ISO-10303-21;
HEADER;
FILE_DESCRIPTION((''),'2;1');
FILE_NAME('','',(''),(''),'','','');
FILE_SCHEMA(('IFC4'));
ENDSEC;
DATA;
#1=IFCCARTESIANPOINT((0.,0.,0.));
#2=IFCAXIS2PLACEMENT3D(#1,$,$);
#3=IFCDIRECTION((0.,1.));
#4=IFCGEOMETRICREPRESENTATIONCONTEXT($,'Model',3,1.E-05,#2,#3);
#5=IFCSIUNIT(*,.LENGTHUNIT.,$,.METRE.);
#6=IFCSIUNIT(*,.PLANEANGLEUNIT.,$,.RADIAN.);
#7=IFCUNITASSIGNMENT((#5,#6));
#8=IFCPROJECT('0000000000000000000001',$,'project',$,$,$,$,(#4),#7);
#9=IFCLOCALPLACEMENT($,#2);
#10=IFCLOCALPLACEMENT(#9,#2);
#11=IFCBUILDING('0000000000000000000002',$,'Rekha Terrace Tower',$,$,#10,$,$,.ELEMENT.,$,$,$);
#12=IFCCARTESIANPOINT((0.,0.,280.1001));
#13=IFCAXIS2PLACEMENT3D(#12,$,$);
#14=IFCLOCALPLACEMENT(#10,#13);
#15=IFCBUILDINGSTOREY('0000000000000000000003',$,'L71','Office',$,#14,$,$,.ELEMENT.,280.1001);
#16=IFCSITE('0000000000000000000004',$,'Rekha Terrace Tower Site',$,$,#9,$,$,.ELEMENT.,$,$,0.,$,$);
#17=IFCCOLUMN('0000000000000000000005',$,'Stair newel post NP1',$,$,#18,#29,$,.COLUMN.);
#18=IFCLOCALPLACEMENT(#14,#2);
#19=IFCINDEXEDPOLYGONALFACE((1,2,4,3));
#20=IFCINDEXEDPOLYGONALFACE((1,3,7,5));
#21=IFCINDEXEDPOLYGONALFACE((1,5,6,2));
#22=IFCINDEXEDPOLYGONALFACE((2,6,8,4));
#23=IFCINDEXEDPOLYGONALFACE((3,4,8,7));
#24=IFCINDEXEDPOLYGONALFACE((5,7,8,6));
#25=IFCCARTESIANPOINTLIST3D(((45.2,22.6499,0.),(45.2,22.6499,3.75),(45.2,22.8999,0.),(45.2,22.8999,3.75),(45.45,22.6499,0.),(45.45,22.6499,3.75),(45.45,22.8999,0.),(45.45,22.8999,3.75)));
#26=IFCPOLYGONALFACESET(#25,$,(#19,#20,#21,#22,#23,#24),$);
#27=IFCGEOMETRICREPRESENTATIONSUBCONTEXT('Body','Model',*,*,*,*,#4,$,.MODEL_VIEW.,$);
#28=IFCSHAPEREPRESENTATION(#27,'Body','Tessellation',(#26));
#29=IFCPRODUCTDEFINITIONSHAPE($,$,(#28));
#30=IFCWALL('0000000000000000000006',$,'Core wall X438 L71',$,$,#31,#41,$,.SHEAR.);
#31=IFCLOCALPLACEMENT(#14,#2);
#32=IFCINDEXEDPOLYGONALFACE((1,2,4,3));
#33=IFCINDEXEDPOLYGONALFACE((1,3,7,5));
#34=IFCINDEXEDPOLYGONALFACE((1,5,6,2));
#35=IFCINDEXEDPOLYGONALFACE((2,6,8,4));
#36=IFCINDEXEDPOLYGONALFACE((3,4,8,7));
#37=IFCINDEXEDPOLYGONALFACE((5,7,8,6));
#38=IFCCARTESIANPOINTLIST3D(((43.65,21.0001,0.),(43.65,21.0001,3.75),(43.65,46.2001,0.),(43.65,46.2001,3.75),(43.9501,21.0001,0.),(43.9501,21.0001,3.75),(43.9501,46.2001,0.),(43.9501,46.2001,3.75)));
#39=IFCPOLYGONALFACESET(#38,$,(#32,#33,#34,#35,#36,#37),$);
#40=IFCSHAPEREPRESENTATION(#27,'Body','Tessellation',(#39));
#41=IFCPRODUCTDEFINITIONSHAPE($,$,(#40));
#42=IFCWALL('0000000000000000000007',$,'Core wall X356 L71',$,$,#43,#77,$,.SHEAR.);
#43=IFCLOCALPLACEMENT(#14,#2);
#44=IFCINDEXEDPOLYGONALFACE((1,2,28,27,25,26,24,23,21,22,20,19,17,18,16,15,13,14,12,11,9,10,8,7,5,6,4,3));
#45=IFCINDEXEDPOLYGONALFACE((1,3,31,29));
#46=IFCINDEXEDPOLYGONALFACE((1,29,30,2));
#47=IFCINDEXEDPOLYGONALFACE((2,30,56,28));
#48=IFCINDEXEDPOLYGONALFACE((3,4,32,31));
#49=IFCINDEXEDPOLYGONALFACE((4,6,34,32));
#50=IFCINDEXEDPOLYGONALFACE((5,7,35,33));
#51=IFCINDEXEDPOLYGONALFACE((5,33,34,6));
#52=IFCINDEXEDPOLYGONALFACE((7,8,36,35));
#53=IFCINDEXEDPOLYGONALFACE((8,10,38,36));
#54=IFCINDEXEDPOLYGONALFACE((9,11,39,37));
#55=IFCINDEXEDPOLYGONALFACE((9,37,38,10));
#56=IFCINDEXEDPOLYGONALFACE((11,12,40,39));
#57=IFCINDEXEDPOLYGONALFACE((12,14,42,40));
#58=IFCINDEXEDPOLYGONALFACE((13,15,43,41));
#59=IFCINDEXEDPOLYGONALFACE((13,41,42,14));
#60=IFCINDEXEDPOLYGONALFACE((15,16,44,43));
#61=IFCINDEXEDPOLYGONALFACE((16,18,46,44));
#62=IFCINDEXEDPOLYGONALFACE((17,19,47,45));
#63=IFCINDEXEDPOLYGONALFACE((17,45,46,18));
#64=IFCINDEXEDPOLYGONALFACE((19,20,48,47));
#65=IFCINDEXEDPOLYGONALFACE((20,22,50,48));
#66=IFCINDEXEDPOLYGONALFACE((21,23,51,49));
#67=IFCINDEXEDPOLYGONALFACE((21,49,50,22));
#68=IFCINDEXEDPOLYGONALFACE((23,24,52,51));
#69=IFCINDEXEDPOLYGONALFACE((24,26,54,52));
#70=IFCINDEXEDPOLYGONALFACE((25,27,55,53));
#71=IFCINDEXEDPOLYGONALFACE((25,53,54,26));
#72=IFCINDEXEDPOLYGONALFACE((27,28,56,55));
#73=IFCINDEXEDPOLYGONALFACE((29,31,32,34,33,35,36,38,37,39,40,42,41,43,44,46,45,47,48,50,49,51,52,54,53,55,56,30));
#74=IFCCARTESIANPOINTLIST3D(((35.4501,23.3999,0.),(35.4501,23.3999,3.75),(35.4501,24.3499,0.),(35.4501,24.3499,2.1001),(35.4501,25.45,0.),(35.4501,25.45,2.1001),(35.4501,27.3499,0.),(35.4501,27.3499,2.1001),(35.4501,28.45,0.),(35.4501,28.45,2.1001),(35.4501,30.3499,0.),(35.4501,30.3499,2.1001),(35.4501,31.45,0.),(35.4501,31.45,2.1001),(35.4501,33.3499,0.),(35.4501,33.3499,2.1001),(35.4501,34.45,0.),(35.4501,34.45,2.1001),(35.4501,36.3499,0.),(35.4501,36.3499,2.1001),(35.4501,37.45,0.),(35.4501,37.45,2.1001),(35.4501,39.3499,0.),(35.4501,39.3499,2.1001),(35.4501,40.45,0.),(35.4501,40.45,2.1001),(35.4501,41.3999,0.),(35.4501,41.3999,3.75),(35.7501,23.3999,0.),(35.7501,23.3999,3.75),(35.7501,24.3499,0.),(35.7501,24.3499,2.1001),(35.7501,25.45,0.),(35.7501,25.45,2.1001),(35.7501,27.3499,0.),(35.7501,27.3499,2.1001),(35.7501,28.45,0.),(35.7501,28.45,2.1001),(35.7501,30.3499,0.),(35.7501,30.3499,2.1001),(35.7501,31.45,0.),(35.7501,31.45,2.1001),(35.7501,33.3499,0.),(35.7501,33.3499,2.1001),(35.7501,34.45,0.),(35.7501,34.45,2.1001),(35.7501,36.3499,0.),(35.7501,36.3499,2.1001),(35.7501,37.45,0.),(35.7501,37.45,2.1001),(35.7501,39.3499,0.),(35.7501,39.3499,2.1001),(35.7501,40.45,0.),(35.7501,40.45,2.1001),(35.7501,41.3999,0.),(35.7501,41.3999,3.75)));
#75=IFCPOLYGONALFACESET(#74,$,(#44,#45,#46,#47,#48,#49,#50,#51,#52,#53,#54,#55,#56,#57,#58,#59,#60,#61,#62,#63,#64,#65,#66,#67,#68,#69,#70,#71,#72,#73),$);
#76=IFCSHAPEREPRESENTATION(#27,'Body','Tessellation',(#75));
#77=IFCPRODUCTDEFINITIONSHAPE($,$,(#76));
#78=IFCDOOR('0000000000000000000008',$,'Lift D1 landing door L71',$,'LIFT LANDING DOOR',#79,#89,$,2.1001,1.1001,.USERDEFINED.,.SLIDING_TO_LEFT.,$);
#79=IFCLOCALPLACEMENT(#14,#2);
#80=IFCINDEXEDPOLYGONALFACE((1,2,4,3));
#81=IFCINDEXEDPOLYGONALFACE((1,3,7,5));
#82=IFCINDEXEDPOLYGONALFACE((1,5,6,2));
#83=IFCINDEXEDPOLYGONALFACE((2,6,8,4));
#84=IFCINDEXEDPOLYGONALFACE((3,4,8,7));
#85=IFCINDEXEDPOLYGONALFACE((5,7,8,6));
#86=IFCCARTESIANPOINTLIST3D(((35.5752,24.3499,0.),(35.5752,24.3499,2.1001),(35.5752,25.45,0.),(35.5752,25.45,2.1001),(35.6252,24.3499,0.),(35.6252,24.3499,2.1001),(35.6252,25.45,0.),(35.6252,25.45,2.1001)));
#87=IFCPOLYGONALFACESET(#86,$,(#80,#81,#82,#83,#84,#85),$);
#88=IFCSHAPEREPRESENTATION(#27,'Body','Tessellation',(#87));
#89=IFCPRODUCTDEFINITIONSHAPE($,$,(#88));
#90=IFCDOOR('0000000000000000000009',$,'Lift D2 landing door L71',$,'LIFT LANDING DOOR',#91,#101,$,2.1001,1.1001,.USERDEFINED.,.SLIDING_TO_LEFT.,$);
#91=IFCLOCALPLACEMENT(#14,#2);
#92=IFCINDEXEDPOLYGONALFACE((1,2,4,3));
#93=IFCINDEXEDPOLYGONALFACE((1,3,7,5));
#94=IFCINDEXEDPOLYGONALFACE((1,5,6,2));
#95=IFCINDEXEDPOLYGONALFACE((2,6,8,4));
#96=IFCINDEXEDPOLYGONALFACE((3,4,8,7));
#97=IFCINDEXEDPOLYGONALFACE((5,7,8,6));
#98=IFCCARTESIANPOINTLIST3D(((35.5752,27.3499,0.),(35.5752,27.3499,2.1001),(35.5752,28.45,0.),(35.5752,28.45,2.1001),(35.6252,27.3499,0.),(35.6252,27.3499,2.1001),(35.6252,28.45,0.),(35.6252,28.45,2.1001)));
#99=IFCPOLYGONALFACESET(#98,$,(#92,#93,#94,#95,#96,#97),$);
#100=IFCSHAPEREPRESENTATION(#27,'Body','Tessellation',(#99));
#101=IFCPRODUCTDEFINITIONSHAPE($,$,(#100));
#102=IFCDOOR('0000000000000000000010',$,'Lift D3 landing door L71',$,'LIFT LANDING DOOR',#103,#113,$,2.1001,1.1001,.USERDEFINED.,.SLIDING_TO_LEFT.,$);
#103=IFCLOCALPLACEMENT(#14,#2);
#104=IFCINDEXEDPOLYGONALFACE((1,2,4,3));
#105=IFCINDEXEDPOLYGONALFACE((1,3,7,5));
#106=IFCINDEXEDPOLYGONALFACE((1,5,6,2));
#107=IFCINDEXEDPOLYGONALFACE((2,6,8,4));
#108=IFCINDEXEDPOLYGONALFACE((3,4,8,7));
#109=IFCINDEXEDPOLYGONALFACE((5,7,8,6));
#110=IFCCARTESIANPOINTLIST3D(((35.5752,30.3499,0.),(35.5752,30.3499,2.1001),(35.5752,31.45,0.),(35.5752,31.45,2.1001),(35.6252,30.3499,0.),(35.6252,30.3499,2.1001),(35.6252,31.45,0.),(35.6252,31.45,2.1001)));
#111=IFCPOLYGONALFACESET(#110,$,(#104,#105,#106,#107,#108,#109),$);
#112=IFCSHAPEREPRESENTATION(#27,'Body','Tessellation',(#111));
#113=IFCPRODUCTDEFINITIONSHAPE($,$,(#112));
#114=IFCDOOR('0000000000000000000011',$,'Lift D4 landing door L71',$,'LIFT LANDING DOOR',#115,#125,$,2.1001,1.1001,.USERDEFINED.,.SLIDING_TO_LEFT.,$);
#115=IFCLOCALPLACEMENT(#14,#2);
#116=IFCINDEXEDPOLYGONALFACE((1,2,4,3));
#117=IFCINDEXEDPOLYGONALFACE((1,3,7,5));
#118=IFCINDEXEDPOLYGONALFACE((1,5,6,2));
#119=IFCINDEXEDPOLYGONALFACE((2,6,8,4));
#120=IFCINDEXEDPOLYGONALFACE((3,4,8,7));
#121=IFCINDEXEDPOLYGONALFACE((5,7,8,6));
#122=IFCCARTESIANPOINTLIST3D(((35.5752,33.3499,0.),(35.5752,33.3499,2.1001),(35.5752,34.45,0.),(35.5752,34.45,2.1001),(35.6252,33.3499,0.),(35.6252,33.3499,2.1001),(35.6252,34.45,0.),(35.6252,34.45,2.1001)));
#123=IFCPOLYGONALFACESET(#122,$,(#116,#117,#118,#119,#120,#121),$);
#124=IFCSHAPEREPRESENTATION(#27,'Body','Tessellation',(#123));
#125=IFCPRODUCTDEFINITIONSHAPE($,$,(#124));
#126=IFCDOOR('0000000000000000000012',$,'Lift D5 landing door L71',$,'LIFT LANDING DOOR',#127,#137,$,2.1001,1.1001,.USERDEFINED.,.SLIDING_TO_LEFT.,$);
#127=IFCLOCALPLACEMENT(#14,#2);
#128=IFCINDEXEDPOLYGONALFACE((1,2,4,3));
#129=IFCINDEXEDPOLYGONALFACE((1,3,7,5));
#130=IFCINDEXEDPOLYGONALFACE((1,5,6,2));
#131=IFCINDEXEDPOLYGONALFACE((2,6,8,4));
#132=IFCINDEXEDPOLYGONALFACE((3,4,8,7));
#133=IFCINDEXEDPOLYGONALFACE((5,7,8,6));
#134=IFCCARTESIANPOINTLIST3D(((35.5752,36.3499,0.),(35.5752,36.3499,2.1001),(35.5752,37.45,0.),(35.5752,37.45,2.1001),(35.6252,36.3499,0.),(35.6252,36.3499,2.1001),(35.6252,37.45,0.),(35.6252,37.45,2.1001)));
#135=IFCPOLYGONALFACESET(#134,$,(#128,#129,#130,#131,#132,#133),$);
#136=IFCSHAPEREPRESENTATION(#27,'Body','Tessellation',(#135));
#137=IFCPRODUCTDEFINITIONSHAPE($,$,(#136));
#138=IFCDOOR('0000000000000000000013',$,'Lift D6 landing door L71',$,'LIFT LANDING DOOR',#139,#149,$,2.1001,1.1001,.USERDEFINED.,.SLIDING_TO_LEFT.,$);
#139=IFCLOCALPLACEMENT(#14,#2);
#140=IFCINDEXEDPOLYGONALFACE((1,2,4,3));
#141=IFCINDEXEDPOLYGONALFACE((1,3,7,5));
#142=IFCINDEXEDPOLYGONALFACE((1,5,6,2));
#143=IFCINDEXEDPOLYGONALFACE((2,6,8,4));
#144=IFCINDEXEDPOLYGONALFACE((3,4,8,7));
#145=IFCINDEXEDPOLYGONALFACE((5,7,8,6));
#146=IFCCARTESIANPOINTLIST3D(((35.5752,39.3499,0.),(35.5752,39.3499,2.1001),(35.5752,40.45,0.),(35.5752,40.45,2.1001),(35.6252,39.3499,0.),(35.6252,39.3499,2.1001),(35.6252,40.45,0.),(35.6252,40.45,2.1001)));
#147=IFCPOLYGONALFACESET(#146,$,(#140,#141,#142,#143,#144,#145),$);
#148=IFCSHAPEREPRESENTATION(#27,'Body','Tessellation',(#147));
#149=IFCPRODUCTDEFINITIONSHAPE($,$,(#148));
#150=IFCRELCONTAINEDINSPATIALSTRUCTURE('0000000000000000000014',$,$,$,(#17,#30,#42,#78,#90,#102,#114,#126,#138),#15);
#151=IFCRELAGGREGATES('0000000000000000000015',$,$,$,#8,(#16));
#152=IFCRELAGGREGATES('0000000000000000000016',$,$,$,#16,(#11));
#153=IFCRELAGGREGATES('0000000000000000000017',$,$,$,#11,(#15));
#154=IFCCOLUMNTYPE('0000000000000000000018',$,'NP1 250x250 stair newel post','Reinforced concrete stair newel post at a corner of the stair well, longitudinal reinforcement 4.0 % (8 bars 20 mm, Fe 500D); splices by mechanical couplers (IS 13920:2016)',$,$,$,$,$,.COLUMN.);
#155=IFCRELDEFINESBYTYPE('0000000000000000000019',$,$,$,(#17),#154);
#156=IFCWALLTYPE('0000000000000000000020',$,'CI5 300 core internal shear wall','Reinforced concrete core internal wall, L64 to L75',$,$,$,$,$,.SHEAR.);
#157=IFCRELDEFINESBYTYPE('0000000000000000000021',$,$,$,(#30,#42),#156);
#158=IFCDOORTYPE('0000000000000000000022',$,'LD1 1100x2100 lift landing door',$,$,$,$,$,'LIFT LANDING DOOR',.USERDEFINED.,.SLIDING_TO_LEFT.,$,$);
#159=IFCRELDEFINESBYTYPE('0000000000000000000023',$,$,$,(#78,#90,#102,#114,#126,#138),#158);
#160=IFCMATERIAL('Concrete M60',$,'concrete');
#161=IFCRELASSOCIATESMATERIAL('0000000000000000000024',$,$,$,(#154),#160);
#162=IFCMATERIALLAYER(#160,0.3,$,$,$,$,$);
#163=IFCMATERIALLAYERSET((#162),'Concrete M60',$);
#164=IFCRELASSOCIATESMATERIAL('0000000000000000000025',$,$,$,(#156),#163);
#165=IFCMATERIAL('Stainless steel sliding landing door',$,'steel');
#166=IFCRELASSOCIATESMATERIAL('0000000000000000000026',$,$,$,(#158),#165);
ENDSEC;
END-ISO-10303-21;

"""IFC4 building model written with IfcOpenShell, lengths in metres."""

from ifc_helpers import new_model, si_unit, direction, frame, frame_2d, origin, origin_2d, place, context, subcontext, project, spatial, rectangle, extrude, material, layer, layer_set, material_profile, profile_set, type_object, element, fill, save


model = new_model("IFC4")

# Units and contexts
model_context = context("Model", 3, precision=1e-05, world=origin(), true_north=direction((0.0, 1.0)))
body_context = subcontext(model_context, "Body", "Model", "MODEL_VIEW")
ifc_project = project(units=[si_unit("LENGTHUNIT", "METRE"), si_unit("PLANEANGLEUNIT", "RADIAN")], contexts=[model_context])

# Site, building, storey
site_placement = place(None, origin())
site = spatial("IfcSite", under=ifc_project, at=site_placement, Name="Rekha Terrace Tower Site", CompositionType="ELEMENT", RefElevation=0.0)
building_placement = place(site_placement, origin())
building = spatial("IfcBuilding", under=site, at=building_placement, Name="Rekha Terrace Tower", CompositionType="ELEMENT")
storey_placement = place(building_placement, frame((0.0, 0.0, 280.1001)))
storey = spatial("IfcBuildingStorey", under=building, at=storey_placement, Name="L71", Description="Office", CompositionType="ELEMENT", Elevation=280.1001)

# Column
ifc_material_1 = material(Name="Concrete M60", Category="concrete")
ifc_material_profile = material_profile(ifc_material_1, rectangle(XDim=0.25, YDim=0.25, at=origin_2d()), Name="RC 250x250")
ifc_profile_set = profile_set([ifc_material_profile], Name="Concrete M60")
column_type = type_object("IfcColumnType", Name="NP1 250x250 stair newel post", Description="Reinforced concrete stair newel post at a corner of the stair well, longitudinal reinforcement 4.0 % (8 bars 20 mm, Fe 500D); splices by mechanical couplers (IS 13920:2016)", PredefinedType="COLUMN", material=ifc_profile_set)
column_placement = place(storey_placement, frame((45.325, 22.7749, 0.0), z_axis=(0.0, 0.0, 1.0), x_axis=(1.0, 0.0, 0.0)))
element("IfcColumn", 1, at=column_placement, inside=storey, type_object=column_type, Name="Stair newel post NP1", PredefinedType="COLUMN", context=body_context, shape_type="SweptSolid", body=[
    extrude(rectangle(XDim=0.25, YDim=0.25, at=origin_2d()), origin(), (0.0, 0.0, 1.0), 3.75),
])

# Wall
ifc_layer_1 = layer(ifc_material_1, 0.3)
ifc_layer_set_1 = layer_set([ifc_layer_1], Name="Concrete M60")
wall_type_1 = type_object("IfcWallType", Name="CI5 300 core internal shear wall", Description="Reinforced concrete core internal wall, L64 to L75", PredefinedType="SHEAR", material=ifc_layer_set_1)
wall_1_placement = place(storey_placement, frame((43.8, 21.0, 0.0), z_axis=(0.0, 0.0, 1.0), x_axis=(0.0, 1.0, 0.0)))
element("IfcWall", 2, at=wall_1_placement, inside=storey, type_object=wall_type_1, Name="Core wall X438 L71", PredefinedType="SHEAR", context=body_context, shape_type="SweptSolid", body=[
    extrude(rectangle(XDim=25.2, YDim=0.3, at=frame_2d((12.6001, 0.0))), origin(), (0.0, 0.0, 1.0), 3.75),
])

# Wall, openings, doors
wall_2_placement = place(storey_placement, frame((35.6001, 23.3999, 0.0), z_axis=(0.0, 0.0, 1.0), x_axis=(0.0, 1.0, 0.0)))
wall_2 = element("IfcWall", 3, at=wall_2_placement, inside=storey, type_object=wall_type_1, Name="Core wall X356 L71", PredefinedType="SHEAR", context=body_context, shape_type="SweptSolid", body=[
    extrude(rectangle(XDim=18.0, YDim=0.3, at=frame_2d((9.0, 0.0))), origin(), (0.0, 0.0, 1.0), 3.75),
])
opening_1_placement = place(wall_2_placement, frame((0.95, 0.0, 0.0)))
opening_1 = element("IfcOpeningElement", 4, at=opening_1_placement, cuts=wall_2, PredefinedType="OPENING", context=body_context, shape_type="SweptSolid", body=[
    extrude(rectangle(XDim=1.1001, YDim=2.1001, at=frame_2d((0.55, 1.05))), frame((0.0, 0.1599, 0.0), z_axis=(0.0, -1.0, 0.0), x_axis=(1.0, 0.0, 0.0)), (0.0, 0.0, 1.0), 0.3201),
])
opening_2_placement = place(wall_2_placement, frame((3.95, 0.0, 0.0)))
opening_2 = element("IfcOpeningElement", 5, at=opening_2_placement, cuts=wall_2, PredefinedType="OPENING", context=body_context, shape_type="SweptSolid", body=[
    extrude(rectangle(XDim=1.1001, YDim=2.1001, at=frame_2d((0.55, 1.05))), frame((0.0, 0.1599, 0.0), z_axis=(0.0, -1.0, 0.0), x_axis=(1.0, 0.0, 0.0)), (0.0, 0.0, 1.0), 0.3201),
])
opening_3_placement = place(wall_2_placement, frame((6.95, 0.0, 0.0)))
opening_3 = element("IfcOpeningElement", 6, at=opening_3_placement, cuts=wall_2, PredefinedType="OPENING", context=body_context, shape_type="SweptSolid", body=[
    extrude(rectangle(XDim=1.1001, YDim=2.1001, at=frame_2d((0.55, 1.05))), frame((0.0, 0.1599, 0.0), z_axis=(0.0, -1.0, 0.0), x_axis=(1.0, 0.0, 0.0)), (0.0, 0.0, 1.0), 0.3201),
])
opening_4_placement = place(wall_2_placement, frame((9.95, 0.0, 0.0)))
opening_4 = element("IfcOpeningElement", 7, at=opening_4_placement, cuts=wall_2, PredefinedType="OPENING", context=body_context, shape_type="SweptSolid", body=[
    extrude(rectangle(XDim=1.1001, YDim=2.1001, at=frame_2d((0.55, 1.05))), frame((0.0, 0.1599, 0.0), z_axis=(0.0, -1.0, 0.0), x_axis=(1.0, 0.0, 0.0)), (0.0, 0.0, 1.0), 0.3201),
])
opening_5_placement = place(wall_2_placement, frame((12.95, 0.0, 0.0)))
opening_5 = element("IfcOpeningElement", 8, at=opening_5_placement, cuts=wall_2, PredefinedType="OPENING", context=body_context, shape_type="SweptSolid", body=[
    extrude(rectangle(XDim=1.1001, YDim=2.1001, at=frame_2d((0.55, 1.05))), frame((0.0, 0.1599, 0.0), z_axis=(0.0, -1.0, 0.0), x_axis=(1.0, 0.0, 0.0)), (0.0, 0.0, 1.0), 0.3201),
])
opening_6_placement = place(wall_2_placement, frame((15.95, 0.0, 0.0)))
opening_6 = element("IfcOpeningElement", 9, at=opening_6_placement, cuts=wall_2, PredefinedType="OPENING", context=body_context, shape_type="SweptSolid", body=[
    extrude(rectangle(XDim=1.1001, YDim=2.1001, at=frame_2d((0.55, 1.05))), frame((0.0, 0.1599, 0.0), z_axis=(0.0, -1.0, 0.0), x_axis=(1.0, 0.0, 0.0)), (0.0, 0.0, 1.0), 0.3201),
])
ifc_material_2 = material(Name="Stainless steel sliding landing door", Category="steel")
door_type_1 = type_object("IfcDoorType", Name="LD1 1100x2100 lift landing door", ElementType="LIFT LANDING DOOR", OperationType="SLIDING_TO_LEFT", PredefinedType="USERDEFINED", material=ifc_material_2)
door_1_placement = place(opening_1_placement, origin())
door_1 = element("IfcDoor", 10, at=door_1_placement, inside=storey, type_object=door_type_1, Name="Lift D1 landing door L71", ObjectType="LIFT LANDING DOOR", OperationType="SLIDING_TO_LEFT", OverallHeight=2.1001, OverallWidth=1.1001, PredefinedType="USERDEFINED", context=body_context, shape_type="SweptSolid", body=[
    extrude(rectangle(XDim=1.1001, YDim=2.1001, at=frame_2d((0.55, 1.05))), frame((0.0, 0.0249, 0.0), z_axis=(0.0, -1.0, 0.0), x_axis=(1.0, 0.0, 0.0)), (0.0, 0.0, 1.0), 0.05),
])
fill(opening_1, door_1)
door_2_placement = place(opening_2_placement, origin())
door_2 = element("IfcDoor", 11, at=door_2_placement, inside=storey, type_object=door_type_1, Name="Lift D2 landing door L71", ObjectType="LIFT LANDING DOOR", OperationType="SLIDING_TO_LEFT", OverallHeight=2.1001, OverallWidth=1.1001, PredefinedType="USERDEFINED", context=body_context, shape_type="SweptSolid", body=[
    extrude(rectangle(XDim=1.1001, YDim=2.1001, at=frame_2d((0.55, 1.05))), frame((0.0, 0.0249, 0.0), z_axis=(0.0, -1.0, 0.0), x_axis=(1.0, 0.0, 0.0)), (0.0, 0.0, 1.0), 0.05),
])
fill(opening_2, door_2)
door_3_placement = place(opening_3_placement, origin())
door_3 = element("IfcDoor", 12, at=door_3_placement, inside=storey, type_object=door_type_1, Name="Lift D3 landing door L71", ObjectType="LIFT LANDING DOOR", OperationType="SLIDING_TO_LEFT", OverallHeight=2.1001, OverallWidth=1.1001, PredefinedType="USERDEFINED", context=body_context, shape_type="SweptSolid", body=[
    extrude(rectangle(XDim=1.1001, YDim=2.1001, at=frame_2d((0.55, 1.05))), frame((0.0, 0.0249, 0.0), z_axis=(0.0, -1.0, 0.0), x_axis=(1.0, 0.0, 0.0)), (0.0, 0.0, 1.0), 0.05),
])
fill(opening_3, door_3)
door_4_placement = place(opening_4_placement, origin())
door_4 = element("IfcDoor", 13, at=door_4_placement, inside=storey, type_object=door_type_1, Name="Lift D4 landing door L71", ObjectType="LIFT LANDING DOOR", OperationType="SLIDING_TO_LEFT", OverallHeight=2.1001, OverallWidth=1.1001, PredefinedType="USERDEFINED", context=body_context, shape_type="SweptSolid", body=[
    extrude(rectangle(XDim=1.1001, YDim=2.1001, at=frame_2d((0.55, 1.05))), frame((0.0, 0.0249, 0.0), z_axis=(0.0, -1.0, 0.0), x_axis=(1.0, 0.0, 0.0)), (0.0, 0.0, 1.0), 0.05),
])
fill(opening_4, door_4)
door_5_placement = place(opening_5_placement, origin())
door_5 = element("IfcDoor", 14, at=door_5_placement, inside=storey, type_object=door_type_1, Name="Lift D5 landing door L71", ObjectType="LIFT LANDING DOOR", OperationType="SLIDING_TO_LEFT", OverallHeight=2.1001, OverallWidth=1.1001, PredefinedType="USERDEFINED", context=body_context, shape_type="SweptSolid", body=[
    extrude(rectangle(XDim=1.1001, YDim=2.1001, at=frame_2d((0.55, 1.05))), frame((0.0, 0.0249, 0.0), z_axis=(0.0, -1.0, 0.0), x_axis=(1.0, 0.0, 0.0)), (0.0, 0.0, 1.0), 0.05),
])
fill(opening_5, door_5)
door_6_placement = place(opening_6_placement, origin())
door_6 = element("IfcDoor", 15, at=door_6_placement, inside=storey, type_object=door_type_1, Name="Lift D6 landing door L71", ObjectType="LIFT LANDING DOOR", OperationType="SLIDING_TO_LEFT", OverallHeight=2.1001, OverallWidth=1.1001, PredefinedType="USERDEFINED", context=body_context, shape_type="SweptSolid", body=[
    extrude(rectangle(XDim=1.1001, YDim=2.1001, at=frame_2d((0.55, 1.05))), frame((0.0, 0.0249, 0.0), z_axis=(0.0, -1.0, 0.0), x_axis=(1.0, 0.0, 0.0)), (0.0, 0.0, 1.0), 0.05),
])
fill(opening_6, door_6)

save(model, "model.ifc")
